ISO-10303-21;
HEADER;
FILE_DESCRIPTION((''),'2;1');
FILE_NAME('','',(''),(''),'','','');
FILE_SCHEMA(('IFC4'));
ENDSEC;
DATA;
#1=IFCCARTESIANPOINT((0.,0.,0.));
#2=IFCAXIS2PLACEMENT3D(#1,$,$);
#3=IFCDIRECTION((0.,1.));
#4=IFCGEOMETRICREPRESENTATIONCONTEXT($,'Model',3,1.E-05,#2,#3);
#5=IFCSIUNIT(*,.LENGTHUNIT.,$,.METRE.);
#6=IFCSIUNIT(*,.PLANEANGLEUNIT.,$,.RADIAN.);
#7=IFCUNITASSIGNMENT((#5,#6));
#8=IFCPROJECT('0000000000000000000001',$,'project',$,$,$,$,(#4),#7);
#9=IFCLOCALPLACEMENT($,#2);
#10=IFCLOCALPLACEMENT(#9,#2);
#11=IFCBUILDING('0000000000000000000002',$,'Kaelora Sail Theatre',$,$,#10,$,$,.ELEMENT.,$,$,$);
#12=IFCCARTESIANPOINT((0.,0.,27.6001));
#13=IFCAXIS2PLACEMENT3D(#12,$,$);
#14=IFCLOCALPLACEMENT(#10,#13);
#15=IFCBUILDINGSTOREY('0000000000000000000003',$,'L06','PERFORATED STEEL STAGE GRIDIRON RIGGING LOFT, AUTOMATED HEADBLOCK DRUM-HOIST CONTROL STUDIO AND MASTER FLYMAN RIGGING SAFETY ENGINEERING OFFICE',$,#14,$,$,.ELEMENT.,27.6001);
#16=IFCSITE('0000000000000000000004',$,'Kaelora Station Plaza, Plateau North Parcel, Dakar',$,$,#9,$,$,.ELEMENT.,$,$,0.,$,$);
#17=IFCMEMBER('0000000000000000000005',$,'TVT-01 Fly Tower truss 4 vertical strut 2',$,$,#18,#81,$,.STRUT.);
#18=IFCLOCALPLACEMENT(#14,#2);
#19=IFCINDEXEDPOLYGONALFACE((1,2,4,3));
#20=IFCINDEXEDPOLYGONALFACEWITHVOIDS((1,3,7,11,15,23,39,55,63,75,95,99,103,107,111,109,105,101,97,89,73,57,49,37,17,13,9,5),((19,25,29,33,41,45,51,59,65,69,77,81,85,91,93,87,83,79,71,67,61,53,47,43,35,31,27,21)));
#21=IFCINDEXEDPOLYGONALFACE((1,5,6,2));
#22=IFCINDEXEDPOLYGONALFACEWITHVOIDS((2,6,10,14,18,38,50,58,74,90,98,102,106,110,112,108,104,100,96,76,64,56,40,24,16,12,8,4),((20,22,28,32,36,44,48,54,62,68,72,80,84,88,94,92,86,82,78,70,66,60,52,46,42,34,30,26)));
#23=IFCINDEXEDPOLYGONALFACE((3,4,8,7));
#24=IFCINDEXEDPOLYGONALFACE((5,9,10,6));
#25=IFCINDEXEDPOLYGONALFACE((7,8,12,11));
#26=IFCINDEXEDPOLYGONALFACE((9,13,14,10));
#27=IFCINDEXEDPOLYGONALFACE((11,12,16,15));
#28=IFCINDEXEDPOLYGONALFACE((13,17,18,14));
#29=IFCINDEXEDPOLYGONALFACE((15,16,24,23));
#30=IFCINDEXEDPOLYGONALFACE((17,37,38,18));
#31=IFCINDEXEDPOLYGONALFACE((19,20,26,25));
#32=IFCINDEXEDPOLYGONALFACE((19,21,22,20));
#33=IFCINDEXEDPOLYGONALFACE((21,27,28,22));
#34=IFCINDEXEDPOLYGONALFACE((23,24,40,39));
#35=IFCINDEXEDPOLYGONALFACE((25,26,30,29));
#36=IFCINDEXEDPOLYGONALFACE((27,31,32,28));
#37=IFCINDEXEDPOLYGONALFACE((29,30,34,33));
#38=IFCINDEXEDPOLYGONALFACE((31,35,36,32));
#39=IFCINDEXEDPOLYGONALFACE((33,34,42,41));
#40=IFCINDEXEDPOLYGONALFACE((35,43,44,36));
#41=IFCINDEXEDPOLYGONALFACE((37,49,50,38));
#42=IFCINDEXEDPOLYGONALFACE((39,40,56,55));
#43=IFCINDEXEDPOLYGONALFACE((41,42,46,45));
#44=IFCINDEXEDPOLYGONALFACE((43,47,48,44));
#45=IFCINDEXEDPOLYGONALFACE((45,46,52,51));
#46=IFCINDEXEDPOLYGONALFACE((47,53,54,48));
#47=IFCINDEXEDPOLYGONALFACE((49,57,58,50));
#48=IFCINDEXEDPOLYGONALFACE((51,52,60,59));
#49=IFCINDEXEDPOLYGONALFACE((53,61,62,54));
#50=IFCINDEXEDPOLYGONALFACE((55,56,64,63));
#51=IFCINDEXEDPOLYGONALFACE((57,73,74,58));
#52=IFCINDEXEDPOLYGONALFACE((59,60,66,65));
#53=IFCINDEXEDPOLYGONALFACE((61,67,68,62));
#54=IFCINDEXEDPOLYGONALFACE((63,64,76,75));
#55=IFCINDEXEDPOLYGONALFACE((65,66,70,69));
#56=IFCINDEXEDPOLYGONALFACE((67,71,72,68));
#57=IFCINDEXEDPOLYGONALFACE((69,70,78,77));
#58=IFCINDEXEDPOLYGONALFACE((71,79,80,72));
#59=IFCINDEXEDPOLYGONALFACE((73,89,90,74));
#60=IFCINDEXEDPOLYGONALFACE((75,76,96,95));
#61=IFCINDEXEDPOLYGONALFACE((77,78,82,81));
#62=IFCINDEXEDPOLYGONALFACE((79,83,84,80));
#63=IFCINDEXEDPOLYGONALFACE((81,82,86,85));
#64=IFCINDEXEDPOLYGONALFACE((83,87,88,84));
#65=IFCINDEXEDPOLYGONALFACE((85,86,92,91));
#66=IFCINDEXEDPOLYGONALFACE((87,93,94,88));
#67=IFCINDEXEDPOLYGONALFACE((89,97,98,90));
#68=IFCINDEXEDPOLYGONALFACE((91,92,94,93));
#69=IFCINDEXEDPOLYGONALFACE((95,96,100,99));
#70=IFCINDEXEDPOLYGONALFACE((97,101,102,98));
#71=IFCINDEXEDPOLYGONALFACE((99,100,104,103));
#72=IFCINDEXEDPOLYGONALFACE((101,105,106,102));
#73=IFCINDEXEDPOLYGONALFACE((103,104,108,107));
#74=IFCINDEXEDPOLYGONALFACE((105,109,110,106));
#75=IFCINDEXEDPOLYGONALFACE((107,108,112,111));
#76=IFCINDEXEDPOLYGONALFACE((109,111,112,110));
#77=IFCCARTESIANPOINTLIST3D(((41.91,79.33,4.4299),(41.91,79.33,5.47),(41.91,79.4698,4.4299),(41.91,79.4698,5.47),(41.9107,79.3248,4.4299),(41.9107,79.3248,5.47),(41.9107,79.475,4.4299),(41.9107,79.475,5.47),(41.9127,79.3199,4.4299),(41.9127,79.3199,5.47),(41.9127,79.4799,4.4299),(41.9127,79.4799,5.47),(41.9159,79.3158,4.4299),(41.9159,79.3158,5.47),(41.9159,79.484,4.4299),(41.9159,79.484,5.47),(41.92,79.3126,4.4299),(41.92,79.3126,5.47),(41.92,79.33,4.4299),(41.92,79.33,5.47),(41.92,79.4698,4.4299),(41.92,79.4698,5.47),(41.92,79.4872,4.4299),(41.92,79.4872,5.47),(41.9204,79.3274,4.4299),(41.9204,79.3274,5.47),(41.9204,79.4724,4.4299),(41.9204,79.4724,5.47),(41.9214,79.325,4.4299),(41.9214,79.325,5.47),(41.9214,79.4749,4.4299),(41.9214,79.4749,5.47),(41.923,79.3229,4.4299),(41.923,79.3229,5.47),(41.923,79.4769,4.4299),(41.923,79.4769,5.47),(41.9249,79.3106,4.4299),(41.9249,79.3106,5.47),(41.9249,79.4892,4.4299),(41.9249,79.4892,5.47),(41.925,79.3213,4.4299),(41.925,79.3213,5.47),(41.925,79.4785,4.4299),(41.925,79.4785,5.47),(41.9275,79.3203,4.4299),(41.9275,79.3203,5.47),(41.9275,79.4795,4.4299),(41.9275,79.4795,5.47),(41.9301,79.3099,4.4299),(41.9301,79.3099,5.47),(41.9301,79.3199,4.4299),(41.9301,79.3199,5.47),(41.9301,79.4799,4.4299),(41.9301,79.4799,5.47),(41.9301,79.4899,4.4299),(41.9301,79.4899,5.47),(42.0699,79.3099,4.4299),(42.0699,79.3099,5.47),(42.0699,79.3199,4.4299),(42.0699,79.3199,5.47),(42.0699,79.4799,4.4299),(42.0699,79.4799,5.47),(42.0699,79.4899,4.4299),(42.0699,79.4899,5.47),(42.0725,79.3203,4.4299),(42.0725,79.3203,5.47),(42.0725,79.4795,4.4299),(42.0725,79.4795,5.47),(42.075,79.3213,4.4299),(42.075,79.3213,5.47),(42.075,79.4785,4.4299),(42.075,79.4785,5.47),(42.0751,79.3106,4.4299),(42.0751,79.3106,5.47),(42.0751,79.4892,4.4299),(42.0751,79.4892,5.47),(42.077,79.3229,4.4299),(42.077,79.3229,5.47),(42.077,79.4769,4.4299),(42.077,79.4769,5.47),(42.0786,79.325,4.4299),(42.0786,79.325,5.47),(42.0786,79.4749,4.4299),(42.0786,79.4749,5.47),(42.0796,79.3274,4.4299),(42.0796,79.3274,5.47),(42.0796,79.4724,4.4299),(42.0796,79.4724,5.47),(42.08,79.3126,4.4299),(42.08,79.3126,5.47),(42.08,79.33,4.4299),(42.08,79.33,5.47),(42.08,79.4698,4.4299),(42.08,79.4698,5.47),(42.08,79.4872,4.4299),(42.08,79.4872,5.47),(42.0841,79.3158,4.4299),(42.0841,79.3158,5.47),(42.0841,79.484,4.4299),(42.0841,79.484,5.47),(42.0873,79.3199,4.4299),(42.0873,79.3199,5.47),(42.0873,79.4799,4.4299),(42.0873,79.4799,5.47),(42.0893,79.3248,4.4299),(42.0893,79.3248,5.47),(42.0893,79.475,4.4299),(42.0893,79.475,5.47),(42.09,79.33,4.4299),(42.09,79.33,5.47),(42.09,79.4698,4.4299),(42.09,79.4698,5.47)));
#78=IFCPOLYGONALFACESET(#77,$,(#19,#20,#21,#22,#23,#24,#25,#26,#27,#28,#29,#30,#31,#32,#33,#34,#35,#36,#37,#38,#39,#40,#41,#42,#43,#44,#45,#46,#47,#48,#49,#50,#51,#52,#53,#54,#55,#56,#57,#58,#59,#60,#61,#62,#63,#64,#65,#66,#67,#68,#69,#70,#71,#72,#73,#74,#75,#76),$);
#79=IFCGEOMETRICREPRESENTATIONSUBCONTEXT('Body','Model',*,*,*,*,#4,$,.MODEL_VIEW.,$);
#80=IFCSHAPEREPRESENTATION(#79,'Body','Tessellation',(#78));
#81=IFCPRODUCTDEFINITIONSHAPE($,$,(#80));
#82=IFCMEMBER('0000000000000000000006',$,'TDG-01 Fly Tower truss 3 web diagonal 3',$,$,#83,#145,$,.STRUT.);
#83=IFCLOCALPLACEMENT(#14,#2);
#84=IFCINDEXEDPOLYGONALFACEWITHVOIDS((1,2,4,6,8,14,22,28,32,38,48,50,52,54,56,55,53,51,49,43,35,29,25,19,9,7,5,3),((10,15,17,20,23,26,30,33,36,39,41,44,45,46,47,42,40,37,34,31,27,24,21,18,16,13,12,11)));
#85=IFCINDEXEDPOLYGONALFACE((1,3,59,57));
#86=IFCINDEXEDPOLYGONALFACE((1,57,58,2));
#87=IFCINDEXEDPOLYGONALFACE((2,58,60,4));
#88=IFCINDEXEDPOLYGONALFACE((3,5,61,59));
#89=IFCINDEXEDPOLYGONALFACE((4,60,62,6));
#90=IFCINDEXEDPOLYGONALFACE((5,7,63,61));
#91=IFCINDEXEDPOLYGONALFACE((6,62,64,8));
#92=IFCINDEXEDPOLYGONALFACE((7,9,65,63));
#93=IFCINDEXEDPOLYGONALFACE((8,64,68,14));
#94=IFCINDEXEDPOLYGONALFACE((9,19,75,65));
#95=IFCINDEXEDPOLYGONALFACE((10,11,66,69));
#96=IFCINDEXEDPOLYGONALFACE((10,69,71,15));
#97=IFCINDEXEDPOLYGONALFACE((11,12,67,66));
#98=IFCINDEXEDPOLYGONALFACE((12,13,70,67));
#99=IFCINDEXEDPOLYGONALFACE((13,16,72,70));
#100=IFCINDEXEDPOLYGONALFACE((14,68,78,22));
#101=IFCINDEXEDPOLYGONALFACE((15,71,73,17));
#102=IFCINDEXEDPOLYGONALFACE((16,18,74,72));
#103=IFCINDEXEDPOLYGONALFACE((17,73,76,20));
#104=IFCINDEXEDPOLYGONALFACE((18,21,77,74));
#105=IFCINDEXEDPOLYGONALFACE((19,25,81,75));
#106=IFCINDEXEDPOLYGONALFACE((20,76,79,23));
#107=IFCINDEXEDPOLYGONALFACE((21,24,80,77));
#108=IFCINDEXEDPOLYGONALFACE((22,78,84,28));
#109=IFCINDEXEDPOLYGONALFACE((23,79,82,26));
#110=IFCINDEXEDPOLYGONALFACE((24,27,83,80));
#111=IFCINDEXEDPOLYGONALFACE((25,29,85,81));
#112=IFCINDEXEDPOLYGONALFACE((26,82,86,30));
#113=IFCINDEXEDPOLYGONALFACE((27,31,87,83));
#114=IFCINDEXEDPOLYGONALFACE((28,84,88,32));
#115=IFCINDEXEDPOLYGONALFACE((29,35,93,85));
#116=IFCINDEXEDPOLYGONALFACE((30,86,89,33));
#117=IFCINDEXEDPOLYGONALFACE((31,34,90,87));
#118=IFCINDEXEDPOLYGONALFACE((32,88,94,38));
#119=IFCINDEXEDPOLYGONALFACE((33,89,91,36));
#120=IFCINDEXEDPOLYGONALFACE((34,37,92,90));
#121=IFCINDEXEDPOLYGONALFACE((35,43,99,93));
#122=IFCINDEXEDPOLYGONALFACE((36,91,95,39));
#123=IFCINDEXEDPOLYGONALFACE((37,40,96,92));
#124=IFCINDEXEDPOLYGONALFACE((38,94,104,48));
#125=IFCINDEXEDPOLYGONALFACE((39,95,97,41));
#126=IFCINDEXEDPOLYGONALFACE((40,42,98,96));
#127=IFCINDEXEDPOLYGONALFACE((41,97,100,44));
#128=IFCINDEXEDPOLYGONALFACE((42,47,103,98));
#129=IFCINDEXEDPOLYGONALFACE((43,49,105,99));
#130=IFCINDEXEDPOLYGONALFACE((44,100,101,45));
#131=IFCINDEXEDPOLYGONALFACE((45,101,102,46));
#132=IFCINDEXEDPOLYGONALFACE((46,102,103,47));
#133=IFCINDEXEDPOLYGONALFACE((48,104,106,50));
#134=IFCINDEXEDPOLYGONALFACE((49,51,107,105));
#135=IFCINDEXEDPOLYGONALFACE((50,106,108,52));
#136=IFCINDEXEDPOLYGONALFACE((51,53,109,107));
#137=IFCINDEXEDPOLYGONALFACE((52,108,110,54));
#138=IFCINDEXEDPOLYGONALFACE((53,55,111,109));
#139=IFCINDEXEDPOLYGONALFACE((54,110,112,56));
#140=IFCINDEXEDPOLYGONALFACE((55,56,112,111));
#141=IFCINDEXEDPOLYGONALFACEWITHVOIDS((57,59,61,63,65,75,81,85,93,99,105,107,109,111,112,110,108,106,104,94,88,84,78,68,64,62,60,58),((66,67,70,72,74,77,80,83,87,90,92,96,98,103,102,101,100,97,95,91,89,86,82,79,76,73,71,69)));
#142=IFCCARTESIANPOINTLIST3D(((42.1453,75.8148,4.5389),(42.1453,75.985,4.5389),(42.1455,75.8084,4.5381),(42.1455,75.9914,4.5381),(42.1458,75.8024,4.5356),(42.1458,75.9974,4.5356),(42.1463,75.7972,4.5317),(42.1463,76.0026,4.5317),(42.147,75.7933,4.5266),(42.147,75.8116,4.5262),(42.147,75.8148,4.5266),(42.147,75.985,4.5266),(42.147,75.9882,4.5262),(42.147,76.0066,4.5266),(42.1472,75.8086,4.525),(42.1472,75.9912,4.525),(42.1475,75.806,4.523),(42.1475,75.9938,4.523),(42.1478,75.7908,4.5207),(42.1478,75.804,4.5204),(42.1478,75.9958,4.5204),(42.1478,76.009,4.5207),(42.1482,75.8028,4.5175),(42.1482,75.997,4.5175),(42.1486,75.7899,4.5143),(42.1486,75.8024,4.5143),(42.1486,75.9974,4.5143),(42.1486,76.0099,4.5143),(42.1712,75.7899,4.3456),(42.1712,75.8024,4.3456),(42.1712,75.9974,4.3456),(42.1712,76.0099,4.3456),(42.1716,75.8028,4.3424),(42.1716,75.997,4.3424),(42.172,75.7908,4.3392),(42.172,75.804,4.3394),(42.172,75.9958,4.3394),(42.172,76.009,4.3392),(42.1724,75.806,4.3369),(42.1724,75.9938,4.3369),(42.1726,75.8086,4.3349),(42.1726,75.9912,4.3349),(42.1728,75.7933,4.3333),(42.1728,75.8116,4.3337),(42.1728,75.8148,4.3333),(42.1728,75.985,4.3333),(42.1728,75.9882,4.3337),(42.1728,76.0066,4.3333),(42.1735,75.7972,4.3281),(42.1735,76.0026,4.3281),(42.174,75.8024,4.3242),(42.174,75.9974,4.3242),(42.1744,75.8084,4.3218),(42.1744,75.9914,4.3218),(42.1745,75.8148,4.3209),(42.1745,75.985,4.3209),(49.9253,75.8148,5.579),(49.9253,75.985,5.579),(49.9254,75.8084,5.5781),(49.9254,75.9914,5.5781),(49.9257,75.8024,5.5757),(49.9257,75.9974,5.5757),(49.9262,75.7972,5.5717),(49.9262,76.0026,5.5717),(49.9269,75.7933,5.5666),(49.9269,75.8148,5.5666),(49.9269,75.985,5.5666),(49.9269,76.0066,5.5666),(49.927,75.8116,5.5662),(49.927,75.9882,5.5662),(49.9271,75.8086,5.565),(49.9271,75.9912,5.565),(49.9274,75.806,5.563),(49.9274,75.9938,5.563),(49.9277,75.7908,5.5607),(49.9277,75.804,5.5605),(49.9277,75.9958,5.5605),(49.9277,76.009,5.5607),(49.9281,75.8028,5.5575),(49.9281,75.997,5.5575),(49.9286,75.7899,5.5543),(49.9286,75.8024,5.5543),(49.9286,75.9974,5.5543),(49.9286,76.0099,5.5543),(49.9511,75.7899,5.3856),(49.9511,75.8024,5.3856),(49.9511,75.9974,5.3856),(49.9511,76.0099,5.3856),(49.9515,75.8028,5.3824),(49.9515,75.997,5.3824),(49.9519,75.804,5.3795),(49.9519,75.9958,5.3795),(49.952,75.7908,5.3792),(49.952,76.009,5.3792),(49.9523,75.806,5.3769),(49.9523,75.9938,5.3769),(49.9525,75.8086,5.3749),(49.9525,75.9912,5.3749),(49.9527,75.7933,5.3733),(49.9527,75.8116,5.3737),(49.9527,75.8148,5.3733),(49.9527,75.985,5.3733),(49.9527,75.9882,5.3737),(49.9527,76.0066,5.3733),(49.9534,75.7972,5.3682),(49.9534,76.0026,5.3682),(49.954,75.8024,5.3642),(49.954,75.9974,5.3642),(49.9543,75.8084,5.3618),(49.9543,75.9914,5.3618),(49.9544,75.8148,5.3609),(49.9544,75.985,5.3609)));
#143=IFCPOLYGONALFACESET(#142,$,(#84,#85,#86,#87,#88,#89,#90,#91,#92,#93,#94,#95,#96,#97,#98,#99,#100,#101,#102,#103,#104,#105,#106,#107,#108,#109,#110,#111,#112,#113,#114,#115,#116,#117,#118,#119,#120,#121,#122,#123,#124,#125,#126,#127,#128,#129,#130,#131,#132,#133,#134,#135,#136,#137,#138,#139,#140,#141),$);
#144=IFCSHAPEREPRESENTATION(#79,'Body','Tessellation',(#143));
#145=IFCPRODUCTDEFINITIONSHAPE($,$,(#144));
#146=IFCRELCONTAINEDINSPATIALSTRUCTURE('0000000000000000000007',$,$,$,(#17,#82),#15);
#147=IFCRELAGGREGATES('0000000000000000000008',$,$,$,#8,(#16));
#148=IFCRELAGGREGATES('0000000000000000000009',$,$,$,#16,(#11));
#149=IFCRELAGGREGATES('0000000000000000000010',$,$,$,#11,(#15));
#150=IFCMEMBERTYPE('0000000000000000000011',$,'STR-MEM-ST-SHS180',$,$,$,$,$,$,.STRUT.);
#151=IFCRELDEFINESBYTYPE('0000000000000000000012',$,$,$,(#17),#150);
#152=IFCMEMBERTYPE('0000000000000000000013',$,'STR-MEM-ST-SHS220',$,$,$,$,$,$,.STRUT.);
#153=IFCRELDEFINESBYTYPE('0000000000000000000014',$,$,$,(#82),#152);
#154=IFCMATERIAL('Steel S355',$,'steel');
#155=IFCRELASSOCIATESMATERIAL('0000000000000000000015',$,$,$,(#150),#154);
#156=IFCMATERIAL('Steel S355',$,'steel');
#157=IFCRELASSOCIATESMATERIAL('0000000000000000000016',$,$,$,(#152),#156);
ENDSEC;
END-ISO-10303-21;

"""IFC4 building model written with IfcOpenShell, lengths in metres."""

from ifc_helpers import new_model, si_unit, direction, frame, origin, origin_2d, place, context, subcontext, project, spatial, hollow_rectangle, extrude, material, material_profile, profile_set, type_object, element, save


model = new_model("IFC4")

# Units and contexts
model_context = context("Model", 3, precision=1e-05, world=origin(), true_north=direction((0.0, 1.0)))
body_context = subcontext(model_context, "Body", "Model", "MODEL_VIEW")
ifc_project = project(units=[si_unit("LENGTHUNIT", "METRE"), si_unit("PLANEANGLEUNIT", "RADIAN")], contexts=[model_context])

# Site, building, storey
site_placement = place(None, origin())
site = spatial("IfcSite", under=ifc_project, at=site_placement, Name="Kaelora Station Plaza, Plateau North Parcel, Dakar", CompositionType="ELEMENT", RefElevation=0.0)
building_placement = place(site_placement, origin())
building = spatial("IfcBuilding", under=site, at=building_placement, Name="Kaelora Sail Theatre", CompositionType="ELEMENT")
storey_placement = place(building_placement, frame((0.0, 0.0, 27.6001)))
storey = spatial("IfcBuildingStorey", under=building, at=storey_placement, Name="L06", Description="PERFORATED STEEL STAGE GRIDIRON RIGGING LOFT, AUTOMATED HEADBLOCK DRUM-HOIST CONTROL STUDIO AND MASTER FLYMAN RIGGING SAFETY ENGINEERING OFFICE", CompositionType="ELEMENT", Elevation=27.6001)

# Members
ifc_material_1 = material(Name="Steel S355", Category="steel")
ifc_material_profile_1 = material_profile(ifc_material_1, hollow_rectangle(XDim=0.1799, YDim=0.1799, WallThickness=0.01, InnerFilletRadius=0.01, OuterFilletRadius=0.02, at=origin_2d()), Name="SHS 180x180x10.0")
ifc_profile_set_1 = profile_set([ifc_material_profile_1], Name="Steel S355")
member_type_1 = type_object("IfcMemberType", Name="STR-MEM-ST-SHS180", PredefinedType="STRUT", material=ifc_profile_set_1)
for number, where, z_axis, x_axis, name in (
    (1, (42.0, 79.3999, 4.4299), (0.0, 0.0, 1.0), (1.0, 0.0, 0.0), "TVT-01 Fly Tower truss 4 vertical strut 2"),
):
    element("IfcMember", number, at=place(storey_placement, frame(where, z_axis=z_axis, x_axis=x_axis)), inside=storey, type_object=member_type_1, Name=name, PredefinedType="STRUT", context=body_context, shape_type="SweptSolid", body=[
        extrude(hollow_rectangle(XDim=0.1799, YDim=0.1799, WallThickness=0.01, InnerFilletRadius=0.01, OuterFilletRadius=0.02, at=origin_2d()), origin(), (0.0, 0.0, 1.0), 1.04),
    ])
ifc_material_2 = material(Name="Steel S355", Category="steel")
ifc_material_profile_2 = material_profile(ifc_material_2, hollow_rectangle(XDim=0.22, YDim=0.22, WallThickness=0.0125, InnerFilletRadius=0.0125, OuterFilletRadius=0.0249, at=origin_2d()), Name="SHS 220x220x12.5")
ifc_profile_set_2 = profile_set([ifc_material_profile_2], Name="Steel S355")
member_type_2 = type_object("IfcMemberType", Name="STR-MEM-ST-SHS220", PredefinedType="STRUT", material=ifc_profile_set_2)
for number, where, z_axis, x_axis, name in (
    (2, (42.1599, 75.8999, 4.4299), (0.991183, 0.0, 0.132502), (0.0, 1.0, 0.0), "TDG-01 Fly Tower truss 3 web diagonal 3"),
):
    element("IfcMember", number, at=place(storey_placement, frame(where, z_axis=z_axis, x_axis=x_axis)), inside=storey, type_object=member_type_2, Name=name, PredefinedType="STRUT", context=body_context, shape_type="SweptSolid", body=[
        extrude(hollow_rectangle(XDim=0.22, YDim=0.22, WallThickness=0.0125, InnerFilletRadius=0.0125, OuterFilletRadius=0.0249, at=origin_2d()), origin(), (0.0, 0.0, 1.0), 7.8491),
    ])

save(model, "model.ifc")
